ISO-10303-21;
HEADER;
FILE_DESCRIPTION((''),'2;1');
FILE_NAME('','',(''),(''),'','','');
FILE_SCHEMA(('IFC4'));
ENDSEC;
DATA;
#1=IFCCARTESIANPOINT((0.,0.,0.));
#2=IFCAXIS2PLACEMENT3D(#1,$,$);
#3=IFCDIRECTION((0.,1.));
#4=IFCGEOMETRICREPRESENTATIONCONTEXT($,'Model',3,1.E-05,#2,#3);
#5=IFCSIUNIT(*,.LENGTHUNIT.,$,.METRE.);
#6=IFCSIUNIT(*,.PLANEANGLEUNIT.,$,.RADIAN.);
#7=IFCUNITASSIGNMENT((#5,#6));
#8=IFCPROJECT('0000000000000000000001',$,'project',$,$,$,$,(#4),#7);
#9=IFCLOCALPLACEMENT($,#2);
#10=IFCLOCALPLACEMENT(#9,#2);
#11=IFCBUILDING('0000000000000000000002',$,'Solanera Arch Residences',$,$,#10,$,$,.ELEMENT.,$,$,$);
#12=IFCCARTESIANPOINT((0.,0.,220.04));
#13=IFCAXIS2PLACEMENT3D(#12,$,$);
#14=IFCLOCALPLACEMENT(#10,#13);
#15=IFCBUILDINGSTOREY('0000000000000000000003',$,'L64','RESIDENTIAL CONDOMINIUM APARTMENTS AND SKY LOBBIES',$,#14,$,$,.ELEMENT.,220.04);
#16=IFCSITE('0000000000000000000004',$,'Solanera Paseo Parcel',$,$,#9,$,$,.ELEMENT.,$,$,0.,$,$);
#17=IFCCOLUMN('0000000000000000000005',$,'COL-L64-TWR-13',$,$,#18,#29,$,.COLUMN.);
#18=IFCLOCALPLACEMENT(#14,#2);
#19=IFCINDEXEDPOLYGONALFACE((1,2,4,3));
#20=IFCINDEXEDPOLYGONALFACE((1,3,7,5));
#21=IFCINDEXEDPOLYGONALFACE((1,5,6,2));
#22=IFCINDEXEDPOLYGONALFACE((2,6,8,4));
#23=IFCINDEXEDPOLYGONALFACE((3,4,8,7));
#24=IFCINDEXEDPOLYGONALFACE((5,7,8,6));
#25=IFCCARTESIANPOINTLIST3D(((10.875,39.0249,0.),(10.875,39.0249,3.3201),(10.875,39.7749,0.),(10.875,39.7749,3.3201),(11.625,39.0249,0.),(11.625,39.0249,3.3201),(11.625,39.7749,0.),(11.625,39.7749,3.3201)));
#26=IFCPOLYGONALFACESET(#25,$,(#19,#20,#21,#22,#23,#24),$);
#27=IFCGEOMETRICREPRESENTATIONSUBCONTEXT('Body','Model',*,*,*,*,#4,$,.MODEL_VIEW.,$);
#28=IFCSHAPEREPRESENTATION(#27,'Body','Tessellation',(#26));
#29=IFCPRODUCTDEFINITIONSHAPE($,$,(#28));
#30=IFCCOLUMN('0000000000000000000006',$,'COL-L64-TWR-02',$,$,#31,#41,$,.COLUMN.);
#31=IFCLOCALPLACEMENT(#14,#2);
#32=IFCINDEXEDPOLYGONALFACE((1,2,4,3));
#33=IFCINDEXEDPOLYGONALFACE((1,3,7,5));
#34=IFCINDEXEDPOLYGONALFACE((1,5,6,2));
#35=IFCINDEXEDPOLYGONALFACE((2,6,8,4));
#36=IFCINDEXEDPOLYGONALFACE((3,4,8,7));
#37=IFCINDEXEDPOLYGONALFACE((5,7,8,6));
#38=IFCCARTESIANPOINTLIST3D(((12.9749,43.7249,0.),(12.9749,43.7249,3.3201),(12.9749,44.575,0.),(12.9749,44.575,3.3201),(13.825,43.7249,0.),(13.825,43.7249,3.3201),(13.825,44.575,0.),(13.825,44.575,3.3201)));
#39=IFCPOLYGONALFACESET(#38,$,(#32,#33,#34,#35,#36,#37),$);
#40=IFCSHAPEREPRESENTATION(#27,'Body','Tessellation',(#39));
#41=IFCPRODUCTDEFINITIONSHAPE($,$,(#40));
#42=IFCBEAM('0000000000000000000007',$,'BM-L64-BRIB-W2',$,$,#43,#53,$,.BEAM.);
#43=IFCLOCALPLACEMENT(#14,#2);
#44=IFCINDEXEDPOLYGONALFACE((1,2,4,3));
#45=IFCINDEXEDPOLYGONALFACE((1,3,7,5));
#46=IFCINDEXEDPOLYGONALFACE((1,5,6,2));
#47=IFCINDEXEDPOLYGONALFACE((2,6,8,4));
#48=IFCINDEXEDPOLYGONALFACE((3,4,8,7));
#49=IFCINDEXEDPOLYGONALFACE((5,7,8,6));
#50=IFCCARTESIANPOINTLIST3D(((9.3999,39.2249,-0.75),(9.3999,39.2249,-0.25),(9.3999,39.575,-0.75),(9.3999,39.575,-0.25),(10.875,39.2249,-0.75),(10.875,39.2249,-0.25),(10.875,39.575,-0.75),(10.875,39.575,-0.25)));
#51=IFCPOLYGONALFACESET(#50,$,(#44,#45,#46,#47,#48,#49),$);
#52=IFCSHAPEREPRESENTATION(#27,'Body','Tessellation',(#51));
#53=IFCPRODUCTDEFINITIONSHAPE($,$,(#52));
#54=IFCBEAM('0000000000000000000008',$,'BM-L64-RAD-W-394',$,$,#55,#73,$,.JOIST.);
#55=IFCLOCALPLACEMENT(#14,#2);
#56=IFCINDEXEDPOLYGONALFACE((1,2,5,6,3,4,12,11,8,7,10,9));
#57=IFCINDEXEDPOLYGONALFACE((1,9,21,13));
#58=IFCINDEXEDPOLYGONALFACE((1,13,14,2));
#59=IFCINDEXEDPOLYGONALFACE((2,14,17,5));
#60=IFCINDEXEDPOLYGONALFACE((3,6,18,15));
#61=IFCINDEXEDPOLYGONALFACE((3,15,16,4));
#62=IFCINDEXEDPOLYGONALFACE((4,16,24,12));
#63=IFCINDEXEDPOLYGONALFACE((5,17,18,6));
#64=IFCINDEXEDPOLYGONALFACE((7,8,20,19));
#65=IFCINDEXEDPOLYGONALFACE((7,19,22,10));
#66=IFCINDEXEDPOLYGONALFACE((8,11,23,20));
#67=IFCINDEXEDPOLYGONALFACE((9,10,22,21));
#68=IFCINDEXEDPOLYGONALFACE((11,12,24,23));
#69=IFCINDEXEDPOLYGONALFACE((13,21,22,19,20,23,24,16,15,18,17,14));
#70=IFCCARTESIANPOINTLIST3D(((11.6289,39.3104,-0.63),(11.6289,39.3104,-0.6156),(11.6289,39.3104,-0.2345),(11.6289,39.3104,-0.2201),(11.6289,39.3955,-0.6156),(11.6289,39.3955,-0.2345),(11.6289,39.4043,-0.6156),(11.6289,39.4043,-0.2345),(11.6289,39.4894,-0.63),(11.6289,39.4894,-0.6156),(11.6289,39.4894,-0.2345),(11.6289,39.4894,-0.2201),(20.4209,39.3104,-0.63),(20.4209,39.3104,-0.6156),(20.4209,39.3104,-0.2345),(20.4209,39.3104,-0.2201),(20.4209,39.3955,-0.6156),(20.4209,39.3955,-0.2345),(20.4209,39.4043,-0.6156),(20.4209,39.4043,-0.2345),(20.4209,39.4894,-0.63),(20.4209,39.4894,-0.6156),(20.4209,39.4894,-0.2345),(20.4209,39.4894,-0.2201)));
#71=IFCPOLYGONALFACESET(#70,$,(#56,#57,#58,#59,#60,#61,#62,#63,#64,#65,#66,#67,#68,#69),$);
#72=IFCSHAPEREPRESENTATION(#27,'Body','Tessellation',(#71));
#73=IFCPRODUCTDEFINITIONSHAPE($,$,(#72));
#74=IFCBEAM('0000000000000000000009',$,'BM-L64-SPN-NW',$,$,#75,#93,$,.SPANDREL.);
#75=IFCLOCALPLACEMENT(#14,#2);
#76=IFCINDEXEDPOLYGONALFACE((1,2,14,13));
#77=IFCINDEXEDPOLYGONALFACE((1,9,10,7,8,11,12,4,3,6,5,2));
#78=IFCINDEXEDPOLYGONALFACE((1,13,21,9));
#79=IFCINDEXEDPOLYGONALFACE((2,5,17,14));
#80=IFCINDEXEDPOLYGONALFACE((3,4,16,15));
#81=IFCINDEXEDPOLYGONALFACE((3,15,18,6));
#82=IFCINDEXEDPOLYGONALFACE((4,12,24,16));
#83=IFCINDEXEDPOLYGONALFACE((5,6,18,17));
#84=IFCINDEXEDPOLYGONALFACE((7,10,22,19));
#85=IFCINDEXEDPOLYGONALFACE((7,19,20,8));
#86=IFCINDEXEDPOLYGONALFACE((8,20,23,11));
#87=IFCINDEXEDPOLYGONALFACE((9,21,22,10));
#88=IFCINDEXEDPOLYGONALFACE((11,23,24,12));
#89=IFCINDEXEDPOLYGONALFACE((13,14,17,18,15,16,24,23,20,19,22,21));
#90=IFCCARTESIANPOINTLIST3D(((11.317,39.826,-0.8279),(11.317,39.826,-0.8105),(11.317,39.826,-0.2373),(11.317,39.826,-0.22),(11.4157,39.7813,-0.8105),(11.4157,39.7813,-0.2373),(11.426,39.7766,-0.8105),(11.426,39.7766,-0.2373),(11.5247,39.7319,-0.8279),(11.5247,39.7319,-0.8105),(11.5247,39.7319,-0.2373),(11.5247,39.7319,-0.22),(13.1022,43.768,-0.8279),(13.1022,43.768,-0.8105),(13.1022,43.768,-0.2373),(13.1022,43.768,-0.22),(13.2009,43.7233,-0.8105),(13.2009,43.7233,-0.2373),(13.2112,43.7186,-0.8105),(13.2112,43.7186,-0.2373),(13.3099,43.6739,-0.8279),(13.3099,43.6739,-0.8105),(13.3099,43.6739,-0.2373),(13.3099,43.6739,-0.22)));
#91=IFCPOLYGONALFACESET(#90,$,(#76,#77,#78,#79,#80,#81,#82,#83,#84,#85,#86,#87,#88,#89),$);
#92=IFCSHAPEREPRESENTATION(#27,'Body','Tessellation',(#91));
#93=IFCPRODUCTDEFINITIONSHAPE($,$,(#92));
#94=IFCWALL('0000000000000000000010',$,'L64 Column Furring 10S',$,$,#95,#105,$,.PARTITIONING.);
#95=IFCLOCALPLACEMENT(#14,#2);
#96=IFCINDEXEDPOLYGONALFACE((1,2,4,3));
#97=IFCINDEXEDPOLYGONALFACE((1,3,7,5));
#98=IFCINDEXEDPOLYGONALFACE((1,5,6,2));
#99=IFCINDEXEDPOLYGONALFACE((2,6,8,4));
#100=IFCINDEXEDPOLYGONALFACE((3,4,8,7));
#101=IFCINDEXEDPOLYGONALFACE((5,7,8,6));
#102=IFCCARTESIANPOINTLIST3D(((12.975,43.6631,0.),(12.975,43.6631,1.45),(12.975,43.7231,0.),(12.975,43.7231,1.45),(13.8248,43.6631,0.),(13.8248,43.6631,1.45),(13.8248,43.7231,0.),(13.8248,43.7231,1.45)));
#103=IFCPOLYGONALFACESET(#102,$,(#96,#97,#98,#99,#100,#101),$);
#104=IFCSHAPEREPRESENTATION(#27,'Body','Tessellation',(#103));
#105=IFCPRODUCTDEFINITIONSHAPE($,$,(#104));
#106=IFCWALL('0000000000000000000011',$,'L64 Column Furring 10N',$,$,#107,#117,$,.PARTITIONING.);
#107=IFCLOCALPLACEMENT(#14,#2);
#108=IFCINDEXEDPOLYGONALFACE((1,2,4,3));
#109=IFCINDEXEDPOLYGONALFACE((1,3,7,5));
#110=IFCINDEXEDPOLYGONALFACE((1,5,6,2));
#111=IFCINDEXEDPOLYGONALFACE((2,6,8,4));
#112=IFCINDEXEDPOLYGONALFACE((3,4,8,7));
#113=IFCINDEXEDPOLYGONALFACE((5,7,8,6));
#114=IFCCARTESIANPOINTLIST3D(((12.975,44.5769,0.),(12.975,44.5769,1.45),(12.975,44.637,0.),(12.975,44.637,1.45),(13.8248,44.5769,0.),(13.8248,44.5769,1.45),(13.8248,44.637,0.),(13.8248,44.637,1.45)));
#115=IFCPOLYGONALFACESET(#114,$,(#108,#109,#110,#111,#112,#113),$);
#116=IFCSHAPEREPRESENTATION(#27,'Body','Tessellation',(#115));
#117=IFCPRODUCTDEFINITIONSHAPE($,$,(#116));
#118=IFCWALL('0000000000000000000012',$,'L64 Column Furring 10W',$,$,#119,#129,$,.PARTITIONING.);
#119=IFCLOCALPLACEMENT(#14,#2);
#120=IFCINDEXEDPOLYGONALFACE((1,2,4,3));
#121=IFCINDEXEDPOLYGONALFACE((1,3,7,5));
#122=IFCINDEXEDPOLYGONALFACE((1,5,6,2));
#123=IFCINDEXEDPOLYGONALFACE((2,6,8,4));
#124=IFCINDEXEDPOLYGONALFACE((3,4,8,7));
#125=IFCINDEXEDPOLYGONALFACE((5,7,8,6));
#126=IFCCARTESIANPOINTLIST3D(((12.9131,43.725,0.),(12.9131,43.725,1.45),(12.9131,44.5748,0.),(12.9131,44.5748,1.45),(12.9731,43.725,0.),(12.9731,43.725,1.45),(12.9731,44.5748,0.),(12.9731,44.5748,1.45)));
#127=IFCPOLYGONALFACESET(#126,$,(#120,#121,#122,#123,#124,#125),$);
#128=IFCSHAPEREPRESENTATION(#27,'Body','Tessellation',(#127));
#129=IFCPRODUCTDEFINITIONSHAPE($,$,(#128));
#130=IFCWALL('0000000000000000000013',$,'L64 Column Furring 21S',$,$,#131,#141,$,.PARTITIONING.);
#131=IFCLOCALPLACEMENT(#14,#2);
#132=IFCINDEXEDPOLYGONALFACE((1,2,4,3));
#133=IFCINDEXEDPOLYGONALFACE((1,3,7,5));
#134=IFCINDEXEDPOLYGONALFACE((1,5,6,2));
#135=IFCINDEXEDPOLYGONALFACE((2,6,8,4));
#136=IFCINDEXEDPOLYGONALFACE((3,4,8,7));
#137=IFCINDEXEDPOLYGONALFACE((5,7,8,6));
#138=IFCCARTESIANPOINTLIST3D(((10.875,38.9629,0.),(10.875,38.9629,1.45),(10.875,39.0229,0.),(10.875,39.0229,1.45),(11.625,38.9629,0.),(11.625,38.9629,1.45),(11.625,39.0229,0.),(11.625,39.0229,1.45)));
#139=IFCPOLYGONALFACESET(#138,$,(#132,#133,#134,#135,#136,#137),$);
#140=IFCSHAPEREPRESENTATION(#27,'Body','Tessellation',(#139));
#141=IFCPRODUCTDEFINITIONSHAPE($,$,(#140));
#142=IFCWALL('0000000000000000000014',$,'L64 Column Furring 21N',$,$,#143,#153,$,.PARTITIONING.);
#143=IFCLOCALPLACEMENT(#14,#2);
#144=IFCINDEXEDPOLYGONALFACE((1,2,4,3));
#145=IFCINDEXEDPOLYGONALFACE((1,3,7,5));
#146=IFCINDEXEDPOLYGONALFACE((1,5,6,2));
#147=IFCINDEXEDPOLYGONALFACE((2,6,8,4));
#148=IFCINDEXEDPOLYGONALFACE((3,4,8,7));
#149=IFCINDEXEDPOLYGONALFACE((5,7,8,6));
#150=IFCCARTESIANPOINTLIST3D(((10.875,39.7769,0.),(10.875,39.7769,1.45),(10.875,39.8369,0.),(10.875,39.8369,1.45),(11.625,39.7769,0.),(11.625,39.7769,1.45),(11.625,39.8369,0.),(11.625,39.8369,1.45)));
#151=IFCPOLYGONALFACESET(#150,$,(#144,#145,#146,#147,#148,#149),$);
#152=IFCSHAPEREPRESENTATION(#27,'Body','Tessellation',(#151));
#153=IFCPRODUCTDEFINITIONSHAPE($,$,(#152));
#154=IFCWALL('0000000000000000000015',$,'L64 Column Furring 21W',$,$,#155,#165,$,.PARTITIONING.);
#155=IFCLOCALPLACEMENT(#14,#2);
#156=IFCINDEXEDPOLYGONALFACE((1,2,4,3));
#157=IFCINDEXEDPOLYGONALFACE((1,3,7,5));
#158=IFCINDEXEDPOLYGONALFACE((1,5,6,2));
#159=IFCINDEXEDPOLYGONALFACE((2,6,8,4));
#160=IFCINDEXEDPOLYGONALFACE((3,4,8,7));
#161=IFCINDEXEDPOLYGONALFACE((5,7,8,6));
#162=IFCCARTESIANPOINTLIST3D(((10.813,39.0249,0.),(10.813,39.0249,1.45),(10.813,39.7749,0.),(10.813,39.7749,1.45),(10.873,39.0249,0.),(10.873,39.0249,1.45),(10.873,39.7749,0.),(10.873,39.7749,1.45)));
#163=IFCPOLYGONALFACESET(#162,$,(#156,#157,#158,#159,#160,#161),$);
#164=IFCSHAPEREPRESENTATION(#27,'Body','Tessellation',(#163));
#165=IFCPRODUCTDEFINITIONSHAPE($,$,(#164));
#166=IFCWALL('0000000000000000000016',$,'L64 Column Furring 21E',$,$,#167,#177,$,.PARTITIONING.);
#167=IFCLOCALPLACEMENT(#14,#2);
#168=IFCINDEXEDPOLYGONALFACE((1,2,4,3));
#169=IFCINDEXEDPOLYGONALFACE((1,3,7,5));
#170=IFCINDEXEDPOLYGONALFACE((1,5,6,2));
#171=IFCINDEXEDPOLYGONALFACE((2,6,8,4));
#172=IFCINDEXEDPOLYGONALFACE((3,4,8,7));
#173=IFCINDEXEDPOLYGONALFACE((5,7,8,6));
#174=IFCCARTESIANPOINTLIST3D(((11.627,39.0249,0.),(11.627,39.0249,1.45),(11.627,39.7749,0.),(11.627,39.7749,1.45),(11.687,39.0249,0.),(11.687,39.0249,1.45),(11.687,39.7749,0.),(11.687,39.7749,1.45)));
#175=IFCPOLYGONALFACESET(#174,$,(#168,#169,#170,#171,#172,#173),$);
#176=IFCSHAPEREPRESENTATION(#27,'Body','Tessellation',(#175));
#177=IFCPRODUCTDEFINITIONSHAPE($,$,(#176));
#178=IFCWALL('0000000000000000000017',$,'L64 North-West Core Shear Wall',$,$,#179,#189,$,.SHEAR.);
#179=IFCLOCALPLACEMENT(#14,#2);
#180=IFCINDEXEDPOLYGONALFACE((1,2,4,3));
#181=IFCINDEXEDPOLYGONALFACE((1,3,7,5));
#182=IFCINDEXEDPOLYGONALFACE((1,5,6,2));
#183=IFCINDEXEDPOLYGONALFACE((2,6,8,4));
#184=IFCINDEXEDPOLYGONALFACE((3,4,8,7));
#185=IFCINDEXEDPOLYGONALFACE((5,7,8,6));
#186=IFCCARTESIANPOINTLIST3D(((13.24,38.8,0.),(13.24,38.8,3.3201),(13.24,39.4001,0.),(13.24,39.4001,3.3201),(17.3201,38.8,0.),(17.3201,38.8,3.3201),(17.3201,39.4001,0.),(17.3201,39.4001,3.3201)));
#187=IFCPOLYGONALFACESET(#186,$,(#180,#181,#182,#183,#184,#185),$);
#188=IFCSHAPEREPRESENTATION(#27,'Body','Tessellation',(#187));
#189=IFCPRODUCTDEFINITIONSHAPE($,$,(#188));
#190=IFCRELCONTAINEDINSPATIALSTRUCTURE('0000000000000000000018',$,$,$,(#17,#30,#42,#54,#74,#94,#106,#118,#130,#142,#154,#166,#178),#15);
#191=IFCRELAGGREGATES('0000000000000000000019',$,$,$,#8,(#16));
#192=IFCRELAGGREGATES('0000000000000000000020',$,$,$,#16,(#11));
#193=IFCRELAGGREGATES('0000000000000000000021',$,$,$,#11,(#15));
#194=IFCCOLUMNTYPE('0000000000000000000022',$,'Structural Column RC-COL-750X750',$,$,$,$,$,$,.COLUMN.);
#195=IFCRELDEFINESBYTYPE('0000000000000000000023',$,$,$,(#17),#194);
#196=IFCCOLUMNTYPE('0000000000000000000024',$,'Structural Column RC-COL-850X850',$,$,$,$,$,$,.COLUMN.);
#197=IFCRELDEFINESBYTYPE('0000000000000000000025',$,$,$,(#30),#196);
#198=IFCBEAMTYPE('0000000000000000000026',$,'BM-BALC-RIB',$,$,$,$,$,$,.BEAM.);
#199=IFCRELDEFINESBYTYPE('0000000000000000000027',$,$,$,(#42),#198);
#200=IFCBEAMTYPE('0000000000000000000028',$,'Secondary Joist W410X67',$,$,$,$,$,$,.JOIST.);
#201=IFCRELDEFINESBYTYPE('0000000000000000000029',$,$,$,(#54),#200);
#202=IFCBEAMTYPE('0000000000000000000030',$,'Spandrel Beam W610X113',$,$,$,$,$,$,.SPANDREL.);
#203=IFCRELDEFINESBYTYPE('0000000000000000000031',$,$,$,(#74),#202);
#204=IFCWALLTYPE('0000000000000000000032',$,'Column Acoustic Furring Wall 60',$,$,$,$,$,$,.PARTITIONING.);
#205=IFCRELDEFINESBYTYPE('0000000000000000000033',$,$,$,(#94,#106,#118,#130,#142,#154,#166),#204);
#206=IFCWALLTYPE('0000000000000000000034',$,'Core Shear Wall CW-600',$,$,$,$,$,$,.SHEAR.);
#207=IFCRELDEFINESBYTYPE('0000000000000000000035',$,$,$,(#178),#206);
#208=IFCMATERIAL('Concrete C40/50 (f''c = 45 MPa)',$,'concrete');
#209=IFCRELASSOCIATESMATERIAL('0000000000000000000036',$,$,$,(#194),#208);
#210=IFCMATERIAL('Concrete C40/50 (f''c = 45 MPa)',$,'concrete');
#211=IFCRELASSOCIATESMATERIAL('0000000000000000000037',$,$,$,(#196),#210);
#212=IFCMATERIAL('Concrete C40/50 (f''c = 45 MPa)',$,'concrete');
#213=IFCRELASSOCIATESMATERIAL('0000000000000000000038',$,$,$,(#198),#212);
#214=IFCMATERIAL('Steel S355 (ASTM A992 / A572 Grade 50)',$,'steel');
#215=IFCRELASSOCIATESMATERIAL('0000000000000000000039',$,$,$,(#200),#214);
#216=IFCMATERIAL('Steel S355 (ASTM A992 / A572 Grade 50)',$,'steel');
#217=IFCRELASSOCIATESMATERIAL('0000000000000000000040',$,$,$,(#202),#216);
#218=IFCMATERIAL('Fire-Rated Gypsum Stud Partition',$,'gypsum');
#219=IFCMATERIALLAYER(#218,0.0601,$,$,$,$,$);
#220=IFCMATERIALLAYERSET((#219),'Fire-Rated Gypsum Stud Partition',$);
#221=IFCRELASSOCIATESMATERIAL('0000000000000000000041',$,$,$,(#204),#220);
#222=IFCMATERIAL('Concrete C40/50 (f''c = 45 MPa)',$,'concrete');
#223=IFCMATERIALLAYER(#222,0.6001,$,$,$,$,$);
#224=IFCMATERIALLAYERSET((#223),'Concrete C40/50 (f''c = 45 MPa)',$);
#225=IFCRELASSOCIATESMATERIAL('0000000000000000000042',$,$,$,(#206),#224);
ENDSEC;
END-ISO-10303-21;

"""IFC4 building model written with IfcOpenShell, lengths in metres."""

from ifc_helpers import new_model, si_unit, direction, frame, frame_2d, origin, origin_2d, place, context, subcontext, project, spatial, rectangle, i_section, extrude, material, layer, layer_set, material_profile, profile_set, type_object, element, save


model = new_model("IFC4")

# Units and contexts
model_context = context("Model", 3, precision=1e-05, world=origin(), true_north=direction((0.0, 1.0)))
body_context = subcontext(model_context, "Body", "Model", "MODEL_VIEW")
ifc_project = project(units=[si_unit("LENGTHUNIT", "METRE"), si_unit("PLANEANGLEUNIT", "RADIAN")], contexts=[model_context])

# Site, building, storey
site_placement = place(None, origin())
site = spatial("IfcSite", under=ifc_project, at=site_placement, Name="Solanera Paseo Parcel", CompositionType="ELEMENT", RefElevation=0.0)
building_placement = place(site_placement, origin())
building = spatial("IfcBuilding", under=site, at=building_placement, Name="Solanera Arch Residences", CompositionType="ELEMENT")
storey_placement = place(building_placement, frame((0.0, 0.0, 220.04)))
storey = spatial("IfcBuildingStorey", under=building, at=storey_placement, Name="L64", Description="RESIDENTIAL CONDOMINIUM APARTMENTS AND SKY LOBBIES", CompositionType="ELEMENT", Elevation=220.04)

# Columns
ifc_material_1 = material(Name="Concrete C40/50 (f'c = 45 MPa)", Category="concrete")
ifc_material_profile_1 = material_profile(ifc_material_1, rectangle(XDim=0.75, YDim=0.75, at=origin_2d()))
ifc_profile_set_1 = profile_set([ifc_material_profile_1], Name="Concrete C40/50 (f'c = 45 MPa)")
column_type_1 = type_object("IfcColumnType", Name="Structural Column RC-COL-750X750", PredefinedType="COLUMN", material=ifc_profile_set_1)
column_1_placement = place(storey_placement, frame((11.25, 39.3999, 0.0), z_axis=(0.0, 0.0, 1.0), x_axis=(1.0, 0.0, 0.0)))
element("IfcColumn", 1, at=column_1_placement, inside=storey, type_object=column_type_1, Name="COL-L64-TWR-13", PredefinedType="COLUMN", context=body_context, shape_type="SweptSolid", body=[
    extrude(rectangle(XDim=0.75, YDim=0.75, at=origin_2d()), origin(), (0.0, 0.0, 1.0), 3.3201),
])
ifc_material_2 = material(Name="Concrete C40/50 (f'c = 45 MPa)", Category="concrete")
ifc_material_profile_2 = material_profile(ifc_material_2, rectangle(XDim=0.8501, YDim=0.8501, at=origin_2d()))
ifc_profile_set_2 = profile_set([ifc_material_profile_2], Name="Concrete C40/50 (f'c = 45 MPa)")
column_type_2 = type_object("IfcColumnType", Name="Structural Column RC-COL-850X850", PredefinedType="COLUMN", material=ifc_profile_set_2)
column_2_placement = place(storey_placement, frame((13.3999, 44.1499, 0.0), z_axis=(0.0, 0.0, 1.0), x_axis=(1.0, 0.0, 0.0)))
element("IfcColumn", 2, at=column_2_placement, inside=storey, type_object=column_type_2, Name="COL-L64-TWR-02", PredefinedType="COLUMN", context=body_context, shape_type="SweptSolid", body=[
    extrude(rectangle(XDim=0.8501, YDim=0.8501, at=origin_2d()), origin(), (0.0, 0.0, 1.0), 3.3201),
])

# Beams
ifc_material_3 = material(Name="Concrete C40/50 (f'c = 45 MPa)", Category="concrete")
ifc_material_profile_3 = material_profile(ifc_material_3, rectangle(XDim=0.3501, YDim=0.5, at=origin_2d()))
ifc_profile_set_3 = profile_set([ifc_material_profile_3], Name="Concrete C40/50 (f'c = 45 MPa)")
beam_type_1 = type_object("IfcBeamType", Name="BM-BALC-RIB", PredefinedType="BEAM", material=ifc_profile_set_3)
beam_1_placement = place(storey_placement, frame((9.3999, 39.3999, -0.5), z_axis=(1.0, 0.0, 0.0), x_axis=(0.0, 1.0, 0.0)))
element("IfcBeam", 3, at=beam_1_placement, inside=storey, type_object=beam_type_1, Name="BM-L64-BRIB-W2", PredefinedType="BEAM", context=body_context, shape_type="SweptSolid", body=[
    extrude(rectangle(XDim=0.3501, YDim=0.5, at=origin_2d()), origin(), (0.0, 0.0, 1.0), 1.4751),
])
ifc_material_4 = material(Name="Steel S355 (ASTM A992 / A572 Grade 50)", Category="steel")
ifc_material_profile_4 = material_profile(ifc_material_4, i_section(OverallWidth=0.179, OverallDepth=0.4099, WebThickness=0.0088, FlangeThickness=0.0144, at=origin_2d()))
ifc_profile_set_4 = profile_set([ifc_material_profile_4], Name="Steel S355 (ASTM A992 / A572 Grade 50)")
beam_type_2 = type_object("IfcBeamType", Name="Secondary Joist W410X67", PredefinedType="JOIST", material=ifc_profile_set_4)
beam_2_placement = place(storey_placement, frame((11.6289, 39.3999, -0.425), z_axis=(1.0, 0.0, 0.0), x_axis=(0.0, 1.0, 0.0)))
element("IfcBeam", 4, at=beam_2_placement, inside=storey, type_object=beam_type_2, Name="BM-L64-RAD-W-394", PredefinedType="JOIST", context=body_context, shape_type="SweptSolid", body=[
    extrude(i_section(OverallWidth=0.179, OverallDepth=0.4099, WebThickness=0.0088, FlangeThickness=0.0144, at=origin_2d()), origin(), (0.0, 0.0, 1.0), 8.792),
])
ifc_material_5 = material(Name="Steel S355 (ASTM A992 / A572 Grade 50)", Category="steel")
ifc_material_profile_5 = material_profile(ifc_material_5, i_section(OverallWidth=0.228, OverallDepth=0.6079, WebThickness=0.0112, FlangeThickness=0.0173, at=origin_2d()))
ifc_profile_set_5 = profile_set([ifc_material_profile_5], Name="Steel S355 (ASTM A992 / A572 Grade 50)")
beam_type_3 = type_object("IfcBeamType", Name="Spandrel Beam W610X113", PredefinedType="SPANDREL", material=ifc_profile_set_5)
beam_3_placement = place(storey_placement, frame((13.2061, 43.7209, -0.5239), z_axis=(-0.412536, -0.910941, 0.0), x_axis=(0.910941, -0.412536, 0.0)))
element("IfcBeam", 5, at=beam_3_placement, inside=storey, type_object=beam_type_3, Name="BM-L64-SPN-NW", PredefinedType="SPANDREL", context=body_context, shape_type="SweptSolid", body=[
    extrude(i_section(OverallWidth=0.228, OverallDepth=0.6079, WebThickness=0.0112, FlangeThickness=0.0173, at=origin_2d()), origin(), (0.0, 0.0, 1.0), 4.3274),
])

# Walls
ifc_material_6 = material(Name="Fire-Rated Gypsum Stud Partition", Category="gypsum")
ifc_layer_1 = layer(ifc_material_6, 0.0601)
ifc_layer_set_1 = layer_set([ifc_layer_1], Name="Fire-Rated Gypsum Stud Partition")
wall_type_1 = type_object("IfcWallType", Name="Column Acoustic Furring Wall 60", PredefinedType="PARTITIONING", material=ifc_layer_set_1)
for number, where, z_axis, x_axis, name in (
    (6, (12.9751, 43.6931, 0.0), (0.0, 0.0, 1.0), (1.0, 0.0, 0.0), "L64 Column Furring 10S"),
    (7, (12.9751, 44.6069, 0.0), (0.0, 0.0, 1.0), (1.0, 0.0, 0.0), "L64 Column Furring 10N"),
    (8, (12.9431, 43.7251, 0.0), (0.0, 0.0, 1.0), (0.0, 1.0, 0.0), "L64 Column Furring 10W"),
):
    element("IfcWall", number, at=place(storey_placement, frame(where, z_axis=z_axis, x_axis=x_axis)), inside=storey, type_object=wall_type_1, Name=name, PredefinedType="PARTITIONING", context=body_context, shape_type="SweptSolid", body=[
        extrude(rectangle(XDim=0.8499, YDim=0.0601, at=frame_2d((0.4248, 0.0))), origin(), (0.0, 0.0, 1.0), 1.45),
    ])
for number, where, z_axis, x_axis, name in (
    (9, (10.875, 38.9929, 0.0), (0.0, 0.0, 1.0), (1.0, 0.0, 0.0), "L64 Column Furring 21S"),
    (10, (10.875, 39.8069, 0.0), (0.0, 0.0, 1.0), (1.0, 0.0, 0.0), "L64 Column Furring 21N"),
    (11, (10.843, 39.0249, 0.0), (0.0, 0.0, 1.0), (0.0, 1.0, 0.0), "L64 Column Furring 21W"),
    (12, (11.657, 39.0249, 0.0), (0.0, 0.0, 1.0), (0.0, 1.0, 0.0), "L64 Column Furring 21E"),
):
    element("IfcWall", number, at=place(storey_placement, frame(where, z_axis=z_axis, x_axis=x_axis)), inside=storey, type_object=wall_type_1, Name=name, PredefinedType="PARTITIONING", context=body_context, shape_type="SweptSolid", body=[
        extrude(rectangle(XDim=0.75, YDim=0.0601, at=frame_2d((0.375, 0.0))), origin(), (0.0, 0.0, 1.0), 1.45),
    ])
ifc_material_7 = material(Name="Concrete C40/50 (f'c = 45 MPa)", Category="concrete")
ifc_layer_2 = layer(ifc_material_7, 0.6001)
ifc_layer_set_2 = layer_set([ifc_layer_2], Name="Concrete C40/50 (f'c = 45 MPa)")
wall_type_2 = type_object("IfcWallType", Name="Core Shear Wall CW-600", PredefinedType="SHEAR", material=ifc_layer_set_2)
wall_1_placement = place(storey_placement, frame((13.24, 39.1001, 0.0), z_axis=(0.0, 0.0, 1.0), x_axis=(1.0, 0.0, 0.0)))
element("IfcWall", 13, at=wall_1_placement, inside=storey, type_object=wall_type_2, Name="L64 North-West Core Shear Wall", PredefinedType="SHEAR", context=body_context, shape_type="SweptSolid", body=[
    extrude(rectangle(XDim=4.0801, YDim=0.6001, at=frame_2d((2.04, 0.0))), origin(), (0.0, 0.0, 1.0), 3.3201),
])

save(model, "model.ifc")
